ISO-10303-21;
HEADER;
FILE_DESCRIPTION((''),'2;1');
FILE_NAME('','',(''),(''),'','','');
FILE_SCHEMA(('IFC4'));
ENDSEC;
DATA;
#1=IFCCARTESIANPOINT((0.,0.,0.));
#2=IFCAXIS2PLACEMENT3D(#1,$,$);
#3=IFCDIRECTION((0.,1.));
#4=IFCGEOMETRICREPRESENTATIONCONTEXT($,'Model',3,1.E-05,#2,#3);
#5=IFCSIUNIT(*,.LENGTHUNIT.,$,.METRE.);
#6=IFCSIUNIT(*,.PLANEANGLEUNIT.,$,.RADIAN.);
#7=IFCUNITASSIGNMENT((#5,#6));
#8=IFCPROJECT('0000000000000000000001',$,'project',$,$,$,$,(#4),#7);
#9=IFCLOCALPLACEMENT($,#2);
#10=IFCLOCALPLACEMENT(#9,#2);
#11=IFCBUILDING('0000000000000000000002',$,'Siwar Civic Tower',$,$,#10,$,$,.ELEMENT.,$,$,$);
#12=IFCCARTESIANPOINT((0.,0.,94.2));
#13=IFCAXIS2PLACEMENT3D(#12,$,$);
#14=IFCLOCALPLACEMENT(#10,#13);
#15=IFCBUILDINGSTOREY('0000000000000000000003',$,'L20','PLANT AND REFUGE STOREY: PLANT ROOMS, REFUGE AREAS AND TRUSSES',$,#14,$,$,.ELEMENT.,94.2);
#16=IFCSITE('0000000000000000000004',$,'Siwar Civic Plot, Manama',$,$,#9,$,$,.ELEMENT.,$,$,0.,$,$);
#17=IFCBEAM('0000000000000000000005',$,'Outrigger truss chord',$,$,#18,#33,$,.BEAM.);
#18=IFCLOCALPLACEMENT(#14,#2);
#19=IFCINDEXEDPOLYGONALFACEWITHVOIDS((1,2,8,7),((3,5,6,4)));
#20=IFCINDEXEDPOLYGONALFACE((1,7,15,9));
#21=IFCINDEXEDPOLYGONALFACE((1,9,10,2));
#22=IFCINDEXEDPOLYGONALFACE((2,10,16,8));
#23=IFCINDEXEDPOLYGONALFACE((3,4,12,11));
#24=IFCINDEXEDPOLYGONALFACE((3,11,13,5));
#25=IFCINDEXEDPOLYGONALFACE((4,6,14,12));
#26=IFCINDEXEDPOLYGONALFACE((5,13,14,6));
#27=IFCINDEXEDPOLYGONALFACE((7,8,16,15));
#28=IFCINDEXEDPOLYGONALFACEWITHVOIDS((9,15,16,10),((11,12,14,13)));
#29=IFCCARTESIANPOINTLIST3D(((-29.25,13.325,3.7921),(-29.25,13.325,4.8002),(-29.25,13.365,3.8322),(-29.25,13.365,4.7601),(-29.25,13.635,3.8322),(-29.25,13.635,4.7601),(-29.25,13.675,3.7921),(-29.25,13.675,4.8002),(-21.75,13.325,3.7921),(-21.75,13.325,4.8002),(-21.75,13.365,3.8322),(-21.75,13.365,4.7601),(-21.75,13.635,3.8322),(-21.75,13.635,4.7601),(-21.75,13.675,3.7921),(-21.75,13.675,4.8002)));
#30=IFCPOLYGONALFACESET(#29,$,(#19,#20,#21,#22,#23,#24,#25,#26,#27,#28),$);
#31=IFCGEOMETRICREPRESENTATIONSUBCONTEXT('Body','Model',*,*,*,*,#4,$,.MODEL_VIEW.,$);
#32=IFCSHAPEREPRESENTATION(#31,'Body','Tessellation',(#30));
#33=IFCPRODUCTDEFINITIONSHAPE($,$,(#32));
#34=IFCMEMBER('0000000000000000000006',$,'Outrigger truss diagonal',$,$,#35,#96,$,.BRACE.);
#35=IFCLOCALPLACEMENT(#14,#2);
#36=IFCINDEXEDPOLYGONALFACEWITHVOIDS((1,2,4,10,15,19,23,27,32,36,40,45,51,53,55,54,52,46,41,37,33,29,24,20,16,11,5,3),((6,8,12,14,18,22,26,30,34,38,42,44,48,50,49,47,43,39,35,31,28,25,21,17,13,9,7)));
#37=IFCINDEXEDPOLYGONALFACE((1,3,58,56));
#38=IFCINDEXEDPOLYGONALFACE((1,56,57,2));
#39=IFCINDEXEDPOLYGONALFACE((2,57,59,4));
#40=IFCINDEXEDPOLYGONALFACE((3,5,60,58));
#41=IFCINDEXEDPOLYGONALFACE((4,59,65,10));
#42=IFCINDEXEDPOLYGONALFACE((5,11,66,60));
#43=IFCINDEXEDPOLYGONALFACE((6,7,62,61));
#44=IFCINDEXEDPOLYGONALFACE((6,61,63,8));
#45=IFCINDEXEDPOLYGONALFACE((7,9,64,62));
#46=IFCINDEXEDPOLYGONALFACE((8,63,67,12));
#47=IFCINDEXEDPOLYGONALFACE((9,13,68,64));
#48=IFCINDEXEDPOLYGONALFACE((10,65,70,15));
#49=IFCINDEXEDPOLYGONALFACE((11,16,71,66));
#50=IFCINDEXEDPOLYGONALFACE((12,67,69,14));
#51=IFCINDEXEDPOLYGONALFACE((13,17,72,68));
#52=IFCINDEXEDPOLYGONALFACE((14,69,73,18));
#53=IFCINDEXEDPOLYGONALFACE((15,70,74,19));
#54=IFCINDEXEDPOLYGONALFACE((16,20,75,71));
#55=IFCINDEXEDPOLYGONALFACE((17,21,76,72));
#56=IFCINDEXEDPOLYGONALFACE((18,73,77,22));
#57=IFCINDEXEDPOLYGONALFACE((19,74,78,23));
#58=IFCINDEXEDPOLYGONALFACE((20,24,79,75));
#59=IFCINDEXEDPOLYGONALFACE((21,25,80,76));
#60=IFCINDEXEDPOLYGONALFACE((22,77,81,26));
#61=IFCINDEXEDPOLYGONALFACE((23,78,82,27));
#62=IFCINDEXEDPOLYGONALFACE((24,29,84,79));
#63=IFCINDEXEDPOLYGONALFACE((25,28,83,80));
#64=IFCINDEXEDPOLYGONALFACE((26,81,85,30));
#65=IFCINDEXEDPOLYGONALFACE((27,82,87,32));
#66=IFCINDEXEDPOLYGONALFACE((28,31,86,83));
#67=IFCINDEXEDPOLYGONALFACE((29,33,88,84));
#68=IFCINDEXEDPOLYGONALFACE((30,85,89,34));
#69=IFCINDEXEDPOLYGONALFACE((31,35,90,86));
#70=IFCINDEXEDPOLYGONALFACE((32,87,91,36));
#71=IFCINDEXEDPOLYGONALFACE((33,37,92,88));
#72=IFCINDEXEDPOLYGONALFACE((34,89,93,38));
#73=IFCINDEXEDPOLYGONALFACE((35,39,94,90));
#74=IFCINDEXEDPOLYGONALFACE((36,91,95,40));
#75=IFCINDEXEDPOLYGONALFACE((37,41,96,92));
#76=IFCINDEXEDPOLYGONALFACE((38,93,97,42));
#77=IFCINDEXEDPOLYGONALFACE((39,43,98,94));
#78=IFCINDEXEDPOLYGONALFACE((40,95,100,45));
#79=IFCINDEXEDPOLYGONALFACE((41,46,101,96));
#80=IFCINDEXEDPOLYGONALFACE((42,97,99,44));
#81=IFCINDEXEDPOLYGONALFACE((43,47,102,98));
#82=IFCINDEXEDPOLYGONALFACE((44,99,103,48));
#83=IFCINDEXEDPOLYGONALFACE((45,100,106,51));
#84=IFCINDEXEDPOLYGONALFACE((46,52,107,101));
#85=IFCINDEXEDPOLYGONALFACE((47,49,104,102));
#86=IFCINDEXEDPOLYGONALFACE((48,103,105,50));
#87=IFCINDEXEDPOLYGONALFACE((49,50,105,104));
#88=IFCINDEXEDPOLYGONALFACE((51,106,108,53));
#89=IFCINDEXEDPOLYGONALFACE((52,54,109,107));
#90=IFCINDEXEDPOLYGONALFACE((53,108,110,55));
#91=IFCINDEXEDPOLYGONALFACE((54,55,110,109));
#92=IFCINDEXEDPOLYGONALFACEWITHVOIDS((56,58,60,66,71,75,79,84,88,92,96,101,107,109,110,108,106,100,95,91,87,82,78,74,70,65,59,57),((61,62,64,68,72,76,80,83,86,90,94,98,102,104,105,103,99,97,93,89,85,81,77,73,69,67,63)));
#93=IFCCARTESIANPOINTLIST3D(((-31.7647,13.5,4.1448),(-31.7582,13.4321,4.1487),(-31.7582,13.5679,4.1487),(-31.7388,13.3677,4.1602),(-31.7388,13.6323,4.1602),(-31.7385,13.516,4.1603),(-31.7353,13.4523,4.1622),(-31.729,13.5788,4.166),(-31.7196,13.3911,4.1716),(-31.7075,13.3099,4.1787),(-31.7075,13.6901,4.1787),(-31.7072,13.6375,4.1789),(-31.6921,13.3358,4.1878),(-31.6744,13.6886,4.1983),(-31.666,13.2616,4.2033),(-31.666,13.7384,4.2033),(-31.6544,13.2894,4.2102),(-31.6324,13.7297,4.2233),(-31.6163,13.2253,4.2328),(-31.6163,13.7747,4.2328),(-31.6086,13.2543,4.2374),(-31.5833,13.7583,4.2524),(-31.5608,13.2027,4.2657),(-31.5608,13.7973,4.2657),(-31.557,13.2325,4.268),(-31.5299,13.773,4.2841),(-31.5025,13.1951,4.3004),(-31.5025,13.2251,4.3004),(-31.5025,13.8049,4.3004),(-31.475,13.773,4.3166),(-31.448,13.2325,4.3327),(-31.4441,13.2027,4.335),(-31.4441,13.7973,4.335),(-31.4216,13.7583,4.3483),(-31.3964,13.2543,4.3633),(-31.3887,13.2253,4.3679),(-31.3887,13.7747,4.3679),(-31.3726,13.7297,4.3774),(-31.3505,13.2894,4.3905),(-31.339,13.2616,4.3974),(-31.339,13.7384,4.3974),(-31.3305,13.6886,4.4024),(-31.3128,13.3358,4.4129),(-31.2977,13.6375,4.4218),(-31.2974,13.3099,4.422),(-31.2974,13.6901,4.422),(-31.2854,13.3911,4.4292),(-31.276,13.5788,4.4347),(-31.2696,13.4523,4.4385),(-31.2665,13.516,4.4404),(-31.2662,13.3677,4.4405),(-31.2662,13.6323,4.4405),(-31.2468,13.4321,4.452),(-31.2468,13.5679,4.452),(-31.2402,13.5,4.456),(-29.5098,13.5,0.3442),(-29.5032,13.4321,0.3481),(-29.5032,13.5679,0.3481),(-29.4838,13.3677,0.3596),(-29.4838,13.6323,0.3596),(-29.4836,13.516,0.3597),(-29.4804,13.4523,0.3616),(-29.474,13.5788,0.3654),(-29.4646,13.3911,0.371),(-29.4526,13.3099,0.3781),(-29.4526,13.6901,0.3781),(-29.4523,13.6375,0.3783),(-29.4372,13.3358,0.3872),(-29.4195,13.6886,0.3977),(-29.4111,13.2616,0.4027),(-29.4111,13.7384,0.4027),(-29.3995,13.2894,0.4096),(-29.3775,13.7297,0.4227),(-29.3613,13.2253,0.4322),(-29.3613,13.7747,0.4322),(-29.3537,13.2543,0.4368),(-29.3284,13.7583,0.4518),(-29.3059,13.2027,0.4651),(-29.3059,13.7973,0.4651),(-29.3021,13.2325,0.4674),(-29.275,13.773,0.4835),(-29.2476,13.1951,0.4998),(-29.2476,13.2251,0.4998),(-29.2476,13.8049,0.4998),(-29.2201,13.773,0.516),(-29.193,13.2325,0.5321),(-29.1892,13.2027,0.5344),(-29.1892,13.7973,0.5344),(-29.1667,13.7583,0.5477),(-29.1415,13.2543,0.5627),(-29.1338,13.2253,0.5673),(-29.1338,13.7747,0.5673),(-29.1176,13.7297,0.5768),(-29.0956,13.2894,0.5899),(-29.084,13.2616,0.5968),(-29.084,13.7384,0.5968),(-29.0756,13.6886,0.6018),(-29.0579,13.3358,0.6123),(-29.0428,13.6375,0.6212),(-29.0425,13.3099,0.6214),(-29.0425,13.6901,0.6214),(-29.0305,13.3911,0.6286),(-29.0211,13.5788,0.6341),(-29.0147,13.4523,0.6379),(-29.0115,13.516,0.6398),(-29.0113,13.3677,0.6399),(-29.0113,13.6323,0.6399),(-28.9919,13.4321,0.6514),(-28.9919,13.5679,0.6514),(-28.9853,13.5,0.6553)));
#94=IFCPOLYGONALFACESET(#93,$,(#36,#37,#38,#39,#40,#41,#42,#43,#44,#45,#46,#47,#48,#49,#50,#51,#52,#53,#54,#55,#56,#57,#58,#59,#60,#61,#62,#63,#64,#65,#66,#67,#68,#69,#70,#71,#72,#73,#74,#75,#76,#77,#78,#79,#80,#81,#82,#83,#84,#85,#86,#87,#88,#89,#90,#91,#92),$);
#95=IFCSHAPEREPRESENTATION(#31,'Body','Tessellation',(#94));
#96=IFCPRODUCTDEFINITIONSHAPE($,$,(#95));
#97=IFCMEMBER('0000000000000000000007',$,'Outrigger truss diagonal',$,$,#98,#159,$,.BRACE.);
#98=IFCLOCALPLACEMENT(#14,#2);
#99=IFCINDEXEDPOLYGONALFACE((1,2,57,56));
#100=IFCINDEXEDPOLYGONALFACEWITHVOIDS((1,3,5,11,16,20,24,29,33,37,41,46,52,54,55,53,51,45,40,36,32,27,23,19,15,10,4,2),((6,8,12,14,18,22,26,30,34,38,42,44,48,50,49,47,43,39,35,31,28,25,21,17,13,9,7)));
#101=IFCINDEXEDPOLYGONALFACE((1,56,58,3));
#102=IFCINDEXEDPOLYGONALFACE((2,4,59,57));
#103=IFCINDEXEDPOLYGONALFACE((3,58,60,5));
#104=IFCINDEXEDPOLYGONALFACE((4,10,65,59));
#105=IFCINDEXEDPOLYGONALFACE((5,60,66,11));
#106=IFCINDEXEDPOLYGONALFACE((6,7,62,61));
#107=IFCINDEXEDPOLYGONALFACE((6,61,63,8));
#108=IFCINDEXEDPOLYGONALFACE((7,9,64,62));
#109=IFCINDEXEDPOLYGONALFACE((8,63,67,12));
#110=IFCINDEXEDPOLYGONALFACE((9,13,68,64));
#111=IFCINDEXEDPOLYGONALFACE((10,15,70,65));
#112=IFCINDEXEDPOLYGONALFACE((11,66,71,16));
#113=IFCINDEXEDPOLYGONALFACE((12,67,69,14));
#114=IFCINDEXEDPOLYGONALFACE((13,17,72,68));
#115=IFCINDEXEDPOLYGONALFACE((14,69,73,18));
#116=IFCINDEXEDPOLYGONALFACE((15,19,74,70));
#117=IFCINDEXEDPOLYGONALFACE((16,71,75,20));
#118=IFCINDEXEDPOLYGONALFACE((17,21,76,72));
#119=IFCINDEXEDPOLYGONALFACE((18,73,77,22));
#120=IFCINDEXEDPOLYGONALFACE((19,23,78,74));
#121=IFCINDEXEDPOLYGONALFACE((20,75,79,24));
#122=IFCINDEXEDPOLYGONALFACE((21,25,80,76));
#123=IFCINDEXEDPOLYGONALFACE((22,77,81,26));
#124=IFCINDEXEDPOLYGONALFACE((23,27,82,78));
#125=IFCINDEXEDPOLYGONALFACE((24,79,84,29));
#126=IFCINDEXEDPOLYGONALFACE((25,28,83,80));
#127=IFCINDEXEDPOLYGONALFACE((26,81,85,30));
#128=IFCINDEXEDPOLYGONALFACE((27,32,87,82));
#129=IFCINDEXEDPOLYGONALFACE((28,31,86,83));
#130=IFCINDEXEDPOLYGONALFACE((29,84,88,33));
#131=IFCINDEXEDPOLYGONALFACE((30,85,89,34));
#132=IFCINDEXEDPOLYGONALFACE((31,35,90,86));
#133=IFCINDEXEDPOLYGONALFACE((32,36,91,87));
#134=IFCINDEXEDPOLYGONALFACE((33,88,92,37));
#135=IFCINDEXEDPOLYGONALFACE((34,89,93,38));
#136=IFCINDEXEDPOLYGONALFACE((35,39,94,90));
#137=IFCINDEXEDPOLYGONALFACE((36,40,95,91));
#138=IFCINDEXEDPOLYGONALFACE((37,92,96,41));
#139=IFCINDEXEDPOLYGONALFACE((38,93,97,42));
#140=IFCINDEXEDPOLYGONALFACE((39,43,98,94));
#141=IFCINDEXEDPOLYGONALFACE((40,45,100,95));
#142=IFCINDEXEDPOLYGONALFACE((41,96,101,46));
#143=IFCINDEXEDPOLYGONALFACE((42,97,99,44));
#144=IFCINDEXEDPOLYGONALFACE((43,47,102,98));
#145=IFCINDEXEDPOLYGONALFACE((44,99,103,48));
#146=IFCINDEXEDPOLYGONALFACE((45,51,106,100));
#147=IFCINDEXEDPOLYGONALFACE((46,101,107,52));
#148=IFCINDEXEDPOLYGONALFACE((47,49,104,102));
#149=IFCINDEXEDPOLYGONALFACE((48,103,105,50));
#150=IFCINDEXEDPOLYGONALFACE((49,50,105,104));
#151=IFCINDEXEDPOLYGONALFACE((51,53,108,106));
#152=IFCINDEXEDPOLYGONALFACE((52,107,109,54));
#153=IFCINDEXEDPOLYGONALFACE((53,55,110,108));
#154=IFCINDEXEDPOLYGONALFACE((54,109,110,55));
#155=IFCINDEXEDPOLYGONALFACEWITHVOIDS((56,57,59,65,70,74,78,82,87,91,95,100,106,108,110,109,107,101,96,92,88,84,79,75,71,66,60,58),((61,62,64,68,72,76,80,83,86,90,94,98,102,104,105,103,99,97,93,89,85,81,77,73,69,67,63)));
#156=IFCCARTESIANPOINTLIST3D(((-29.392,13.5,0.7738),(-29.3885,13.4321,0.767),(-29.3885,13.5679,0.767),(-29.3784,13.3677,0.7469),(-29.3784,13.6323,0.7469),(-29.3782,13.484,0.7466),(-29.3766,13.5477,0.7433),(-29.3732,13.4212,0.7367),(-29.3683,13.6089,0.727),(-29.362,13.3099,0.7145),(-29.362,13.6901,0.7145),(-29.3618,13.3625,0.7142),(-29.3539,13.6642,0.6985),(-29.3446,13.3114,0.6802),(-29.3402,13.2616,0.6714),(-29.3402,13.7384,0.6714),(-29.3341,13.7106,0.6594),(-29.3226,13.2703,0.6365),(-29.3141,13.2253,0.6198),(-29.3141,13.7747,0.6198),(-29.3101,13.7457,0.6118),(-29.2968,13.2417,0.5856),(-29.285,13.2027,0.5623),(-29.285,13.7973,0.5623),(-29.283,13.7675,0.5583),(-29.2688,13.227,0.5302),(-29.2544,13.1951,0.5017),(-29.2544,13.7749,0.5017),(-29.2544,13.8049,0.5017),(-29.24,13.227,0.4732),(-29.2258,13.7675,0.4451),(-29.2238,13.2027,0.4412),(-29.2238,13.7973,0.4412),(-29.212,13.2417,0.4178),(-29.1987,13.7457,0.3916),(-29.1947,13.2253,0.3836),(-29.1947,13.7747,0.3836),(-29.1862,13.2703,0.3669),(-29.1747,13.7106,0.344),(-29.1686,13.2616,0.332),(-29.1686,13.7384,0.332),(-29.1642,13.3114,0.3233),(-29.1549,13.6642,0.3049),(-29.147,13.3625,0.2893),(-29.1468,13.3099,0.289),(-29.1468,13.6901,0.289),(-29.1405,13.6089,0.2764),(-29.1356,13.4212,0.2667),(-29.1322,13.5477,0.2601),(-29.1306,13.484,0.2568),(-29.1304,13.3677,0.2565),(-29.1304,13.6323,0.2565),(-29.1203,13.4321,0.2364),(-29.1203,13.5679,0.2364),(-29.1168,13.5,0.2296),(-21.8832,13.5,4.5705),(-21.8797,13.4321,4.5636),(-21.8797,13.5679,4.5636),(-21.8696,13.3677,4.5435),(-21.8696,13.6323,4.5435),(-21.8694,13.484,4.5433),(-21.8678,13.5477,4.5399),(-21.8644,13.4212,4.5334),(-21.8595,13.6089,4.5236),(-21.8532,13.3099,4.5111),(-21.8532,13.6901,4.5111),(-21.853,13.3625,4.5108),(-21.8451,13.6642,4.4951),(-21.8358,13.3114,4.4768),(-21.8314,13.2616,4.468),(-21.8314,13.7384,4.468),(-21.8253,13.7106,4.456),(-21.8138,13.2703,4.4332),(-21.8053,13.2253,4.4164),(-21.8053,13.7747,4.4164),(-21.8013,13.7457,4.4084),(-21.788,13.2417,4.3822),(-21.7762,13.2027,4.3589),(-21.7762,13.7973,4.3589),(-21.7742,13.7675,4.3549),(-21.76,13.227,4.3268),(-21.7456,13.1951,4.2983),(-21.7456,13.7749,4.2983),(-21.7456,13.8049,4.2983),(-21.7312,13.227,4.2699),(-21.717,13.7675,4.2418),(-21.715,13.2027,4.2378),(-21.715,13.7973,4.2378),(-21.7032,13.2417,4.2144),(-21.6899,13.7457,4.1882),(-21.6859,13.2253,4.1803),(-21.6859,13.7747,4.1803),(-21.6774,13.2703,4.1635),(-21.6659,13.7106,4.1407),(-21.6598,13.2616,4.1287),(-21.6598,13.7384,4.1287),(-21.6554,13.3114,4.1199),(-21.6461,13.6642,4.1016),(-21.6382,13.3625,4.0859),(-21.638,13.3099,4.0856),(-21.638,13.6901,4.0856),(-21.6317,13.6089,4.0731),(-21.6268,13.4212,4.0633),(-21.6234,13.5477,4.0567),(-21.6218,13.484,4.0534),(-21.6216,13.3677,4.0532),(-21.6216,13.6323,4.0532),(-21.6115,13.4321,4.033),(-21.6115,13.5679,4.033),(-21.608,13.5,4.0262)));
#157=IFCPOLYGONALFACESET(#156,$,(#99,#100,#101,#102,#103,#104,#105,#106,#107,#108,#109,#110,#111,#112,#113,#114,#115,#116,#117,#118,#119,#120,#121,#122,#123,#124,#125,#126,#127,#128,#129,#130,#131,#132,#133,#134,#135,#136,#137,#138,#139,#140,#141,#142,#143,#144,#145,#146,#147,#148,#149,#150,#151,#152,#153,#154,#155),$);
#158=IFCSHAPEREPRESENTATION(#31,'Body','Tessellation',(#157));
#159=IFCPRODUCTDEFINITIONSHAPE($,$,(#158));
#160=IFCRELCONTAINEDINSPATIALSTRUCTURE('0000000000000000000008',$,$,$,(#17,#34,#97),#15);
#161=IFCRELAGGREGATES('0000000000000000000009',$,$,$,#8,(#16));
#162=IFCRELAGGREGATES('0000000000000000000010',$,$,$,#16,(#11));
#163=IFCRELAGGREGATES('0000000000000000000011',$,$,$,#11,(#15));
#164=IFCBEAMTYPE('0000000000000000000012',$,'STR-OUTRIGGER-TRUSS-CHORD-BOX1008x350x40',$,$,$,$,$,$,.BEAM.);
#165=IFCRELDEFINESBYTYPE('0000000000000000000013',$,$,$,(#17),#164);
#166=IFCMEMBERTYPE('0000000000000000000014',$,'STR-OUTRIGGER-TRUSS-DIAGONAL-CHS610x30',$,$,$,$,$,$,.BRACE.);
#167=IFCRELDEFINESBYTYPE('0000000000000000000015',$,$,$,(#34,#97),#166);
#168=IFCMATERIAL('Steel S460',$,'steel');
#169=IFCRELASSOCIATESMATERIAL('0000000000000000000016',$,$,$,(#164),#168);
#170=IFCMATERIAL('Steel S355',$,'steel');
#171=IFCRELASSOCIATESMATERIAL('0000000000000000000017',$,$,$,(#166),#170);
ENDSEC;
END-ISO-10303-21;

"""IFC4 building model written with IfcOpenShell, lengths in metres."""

from ifc_helpers import new_model, si_unit, direction, frame, origin, origin_2d, place, context, subcontext, project, spatial, hollow_rectangle, hollow_circle, extrude, material, material_profile, profile_set, type_object, element, save


model = new_model("IFC4")

# Units and contexts
model_context = context("Model", 3, precision=1e-05, world=origin(), true_north=direction((0.0, 1.0)))
body_context = subcontext(model_context, "Body", "Model", "MODEL_VIEW")
ifc_project = project(units=[si_unit("LENGTHUNIT", "METRE"), si_unit("PLANEANGLEUNIT", "RADIAN")], contexts=[model_context])

# Site, building, storey
site_placement = place(None, origin())
site = spatial("IfcSite", under=ifc_project, at=site_placement, Name="Siwar Civic Plot, Manama", CompositionType="ELEMENT", RefElevation=0.0)
building_placement = place(site_placement, origin())
building = spatial("IfcBuilding", under=site, at=building_placement, Name="Siwar Civic Tower", CompositionType="ELEMENT")
storey_placement = place(building_placement, frame((0.0, 0.0, 94.2)))
storey = spatial("IfcBuildingStorey", under=building, at=storey_placement, Name="L20", Description="PLANT AND REFUGE STOREY: PLANT ROOMS, REFUGE AREAS AND TRUSSES", CompositionType="ELEMENT", Elevation=94.2)

# Beam
ifc_material_1 = material(Name="Steel S460", Category="steel")
ifc_material_profile_1 = material_profile(ifc_material_1, hollow_rectangle(XDim=0.3501, YDim=1.0081, WallThickness=0.04, at=origin_2d()), Name="BOX1008x350x40")
ifc_profile_set_1 = profile_set([ifc_material_profile_1], Name="Steel S460")
beam_type_1 = type_object("IfcBeamType", Name="STR-OUTRIGGER-TRUSS-CHORD-BOX1008x350x40", PredefinedType="BEAM", material=ifc_profile_set_1)
for number, where, z_axis, x_axis, name in (
    (1, (-29.25, 13.5, 4.2961), (1.0, 0.0, 0.0), (0.0, 1.0, 0.0), "Outrigger truss chord"),
):
    element("IfcBeam", number, at=place(storey_placement, frame(where, z_axis=z_axis, x_axis=x_axis)), inside=storey, type_object=beam_type_1, Name=name, PredefinedType="BEAM", context=body_context, shape_type="SweptSolid", body=[
        extrude(hollow_rectangle(XDim=0.3501, YDim=1.0081, WallThickness=0.04, at=origin_2d()), origin(), (0.0, 0.0, 1.0), 7.5),
    ])

# Members
ifc_material_2 = material(Name="Steel S355", Category="steel")
ifc_material_profile_2 = material_profile(ifc_material_2, hollow_circle(Radius=0.3049, WallThickness=0.03, at=origin_2d()), Name="CHS610x30")
ifc_profile_set_2 = profile_set([ifc_material_profile_2], Name="Steel S355")
member_type_1 = type_object("IfcMemberType", Name="STR-OUTRIGGER-TRUSS-DIAGONAL-CHS610x30", PredefinedType="BRACE", material=ifc_profile_set_2)
member_1_placement = place(storey_placement, frame((-29.2476, 13.5, 0.4998), z_axis=(-0.510257, 0.0, 0.860022), x_axis=(0.0, -1.0, 0.0)))
element("IfcMember", 2, at=member_1_placement, inside=storey, type_object=member_type_1, Name="Outrigger truss diagonal", PredefinedType="BRACE", context=body_context, shape_type="SweptSolid", body=[
    extrude(hollow_circle(Radius=0.3049, WallThickness=0.03, at=origin_2d()), origin(), (0.0, 0.0, 1.0), 4.4192),
])
member_2_placement = place(storey_placement, frame((-29.2544, 13.5, 0.5017), z_axis=(0.89241, 0.0, 0.451225), x_axis=(0.0, 1.0, 0.0)))
element("IfcMember", 3, at=member_2_placement, inside=storey, type_object=member_type_1, Name="Outrigger truss diagonal", PredefinedType="BRACE", context=body_context, shape_type="SweptSolid", body=[
    extrude(hollow_circle(Radius=0.3049, WallThickness=0.03, at=origin_2d()), origin(), (0.0, 0.0, 1.0), 8.4141),
])

save(model, "model.ifc")
